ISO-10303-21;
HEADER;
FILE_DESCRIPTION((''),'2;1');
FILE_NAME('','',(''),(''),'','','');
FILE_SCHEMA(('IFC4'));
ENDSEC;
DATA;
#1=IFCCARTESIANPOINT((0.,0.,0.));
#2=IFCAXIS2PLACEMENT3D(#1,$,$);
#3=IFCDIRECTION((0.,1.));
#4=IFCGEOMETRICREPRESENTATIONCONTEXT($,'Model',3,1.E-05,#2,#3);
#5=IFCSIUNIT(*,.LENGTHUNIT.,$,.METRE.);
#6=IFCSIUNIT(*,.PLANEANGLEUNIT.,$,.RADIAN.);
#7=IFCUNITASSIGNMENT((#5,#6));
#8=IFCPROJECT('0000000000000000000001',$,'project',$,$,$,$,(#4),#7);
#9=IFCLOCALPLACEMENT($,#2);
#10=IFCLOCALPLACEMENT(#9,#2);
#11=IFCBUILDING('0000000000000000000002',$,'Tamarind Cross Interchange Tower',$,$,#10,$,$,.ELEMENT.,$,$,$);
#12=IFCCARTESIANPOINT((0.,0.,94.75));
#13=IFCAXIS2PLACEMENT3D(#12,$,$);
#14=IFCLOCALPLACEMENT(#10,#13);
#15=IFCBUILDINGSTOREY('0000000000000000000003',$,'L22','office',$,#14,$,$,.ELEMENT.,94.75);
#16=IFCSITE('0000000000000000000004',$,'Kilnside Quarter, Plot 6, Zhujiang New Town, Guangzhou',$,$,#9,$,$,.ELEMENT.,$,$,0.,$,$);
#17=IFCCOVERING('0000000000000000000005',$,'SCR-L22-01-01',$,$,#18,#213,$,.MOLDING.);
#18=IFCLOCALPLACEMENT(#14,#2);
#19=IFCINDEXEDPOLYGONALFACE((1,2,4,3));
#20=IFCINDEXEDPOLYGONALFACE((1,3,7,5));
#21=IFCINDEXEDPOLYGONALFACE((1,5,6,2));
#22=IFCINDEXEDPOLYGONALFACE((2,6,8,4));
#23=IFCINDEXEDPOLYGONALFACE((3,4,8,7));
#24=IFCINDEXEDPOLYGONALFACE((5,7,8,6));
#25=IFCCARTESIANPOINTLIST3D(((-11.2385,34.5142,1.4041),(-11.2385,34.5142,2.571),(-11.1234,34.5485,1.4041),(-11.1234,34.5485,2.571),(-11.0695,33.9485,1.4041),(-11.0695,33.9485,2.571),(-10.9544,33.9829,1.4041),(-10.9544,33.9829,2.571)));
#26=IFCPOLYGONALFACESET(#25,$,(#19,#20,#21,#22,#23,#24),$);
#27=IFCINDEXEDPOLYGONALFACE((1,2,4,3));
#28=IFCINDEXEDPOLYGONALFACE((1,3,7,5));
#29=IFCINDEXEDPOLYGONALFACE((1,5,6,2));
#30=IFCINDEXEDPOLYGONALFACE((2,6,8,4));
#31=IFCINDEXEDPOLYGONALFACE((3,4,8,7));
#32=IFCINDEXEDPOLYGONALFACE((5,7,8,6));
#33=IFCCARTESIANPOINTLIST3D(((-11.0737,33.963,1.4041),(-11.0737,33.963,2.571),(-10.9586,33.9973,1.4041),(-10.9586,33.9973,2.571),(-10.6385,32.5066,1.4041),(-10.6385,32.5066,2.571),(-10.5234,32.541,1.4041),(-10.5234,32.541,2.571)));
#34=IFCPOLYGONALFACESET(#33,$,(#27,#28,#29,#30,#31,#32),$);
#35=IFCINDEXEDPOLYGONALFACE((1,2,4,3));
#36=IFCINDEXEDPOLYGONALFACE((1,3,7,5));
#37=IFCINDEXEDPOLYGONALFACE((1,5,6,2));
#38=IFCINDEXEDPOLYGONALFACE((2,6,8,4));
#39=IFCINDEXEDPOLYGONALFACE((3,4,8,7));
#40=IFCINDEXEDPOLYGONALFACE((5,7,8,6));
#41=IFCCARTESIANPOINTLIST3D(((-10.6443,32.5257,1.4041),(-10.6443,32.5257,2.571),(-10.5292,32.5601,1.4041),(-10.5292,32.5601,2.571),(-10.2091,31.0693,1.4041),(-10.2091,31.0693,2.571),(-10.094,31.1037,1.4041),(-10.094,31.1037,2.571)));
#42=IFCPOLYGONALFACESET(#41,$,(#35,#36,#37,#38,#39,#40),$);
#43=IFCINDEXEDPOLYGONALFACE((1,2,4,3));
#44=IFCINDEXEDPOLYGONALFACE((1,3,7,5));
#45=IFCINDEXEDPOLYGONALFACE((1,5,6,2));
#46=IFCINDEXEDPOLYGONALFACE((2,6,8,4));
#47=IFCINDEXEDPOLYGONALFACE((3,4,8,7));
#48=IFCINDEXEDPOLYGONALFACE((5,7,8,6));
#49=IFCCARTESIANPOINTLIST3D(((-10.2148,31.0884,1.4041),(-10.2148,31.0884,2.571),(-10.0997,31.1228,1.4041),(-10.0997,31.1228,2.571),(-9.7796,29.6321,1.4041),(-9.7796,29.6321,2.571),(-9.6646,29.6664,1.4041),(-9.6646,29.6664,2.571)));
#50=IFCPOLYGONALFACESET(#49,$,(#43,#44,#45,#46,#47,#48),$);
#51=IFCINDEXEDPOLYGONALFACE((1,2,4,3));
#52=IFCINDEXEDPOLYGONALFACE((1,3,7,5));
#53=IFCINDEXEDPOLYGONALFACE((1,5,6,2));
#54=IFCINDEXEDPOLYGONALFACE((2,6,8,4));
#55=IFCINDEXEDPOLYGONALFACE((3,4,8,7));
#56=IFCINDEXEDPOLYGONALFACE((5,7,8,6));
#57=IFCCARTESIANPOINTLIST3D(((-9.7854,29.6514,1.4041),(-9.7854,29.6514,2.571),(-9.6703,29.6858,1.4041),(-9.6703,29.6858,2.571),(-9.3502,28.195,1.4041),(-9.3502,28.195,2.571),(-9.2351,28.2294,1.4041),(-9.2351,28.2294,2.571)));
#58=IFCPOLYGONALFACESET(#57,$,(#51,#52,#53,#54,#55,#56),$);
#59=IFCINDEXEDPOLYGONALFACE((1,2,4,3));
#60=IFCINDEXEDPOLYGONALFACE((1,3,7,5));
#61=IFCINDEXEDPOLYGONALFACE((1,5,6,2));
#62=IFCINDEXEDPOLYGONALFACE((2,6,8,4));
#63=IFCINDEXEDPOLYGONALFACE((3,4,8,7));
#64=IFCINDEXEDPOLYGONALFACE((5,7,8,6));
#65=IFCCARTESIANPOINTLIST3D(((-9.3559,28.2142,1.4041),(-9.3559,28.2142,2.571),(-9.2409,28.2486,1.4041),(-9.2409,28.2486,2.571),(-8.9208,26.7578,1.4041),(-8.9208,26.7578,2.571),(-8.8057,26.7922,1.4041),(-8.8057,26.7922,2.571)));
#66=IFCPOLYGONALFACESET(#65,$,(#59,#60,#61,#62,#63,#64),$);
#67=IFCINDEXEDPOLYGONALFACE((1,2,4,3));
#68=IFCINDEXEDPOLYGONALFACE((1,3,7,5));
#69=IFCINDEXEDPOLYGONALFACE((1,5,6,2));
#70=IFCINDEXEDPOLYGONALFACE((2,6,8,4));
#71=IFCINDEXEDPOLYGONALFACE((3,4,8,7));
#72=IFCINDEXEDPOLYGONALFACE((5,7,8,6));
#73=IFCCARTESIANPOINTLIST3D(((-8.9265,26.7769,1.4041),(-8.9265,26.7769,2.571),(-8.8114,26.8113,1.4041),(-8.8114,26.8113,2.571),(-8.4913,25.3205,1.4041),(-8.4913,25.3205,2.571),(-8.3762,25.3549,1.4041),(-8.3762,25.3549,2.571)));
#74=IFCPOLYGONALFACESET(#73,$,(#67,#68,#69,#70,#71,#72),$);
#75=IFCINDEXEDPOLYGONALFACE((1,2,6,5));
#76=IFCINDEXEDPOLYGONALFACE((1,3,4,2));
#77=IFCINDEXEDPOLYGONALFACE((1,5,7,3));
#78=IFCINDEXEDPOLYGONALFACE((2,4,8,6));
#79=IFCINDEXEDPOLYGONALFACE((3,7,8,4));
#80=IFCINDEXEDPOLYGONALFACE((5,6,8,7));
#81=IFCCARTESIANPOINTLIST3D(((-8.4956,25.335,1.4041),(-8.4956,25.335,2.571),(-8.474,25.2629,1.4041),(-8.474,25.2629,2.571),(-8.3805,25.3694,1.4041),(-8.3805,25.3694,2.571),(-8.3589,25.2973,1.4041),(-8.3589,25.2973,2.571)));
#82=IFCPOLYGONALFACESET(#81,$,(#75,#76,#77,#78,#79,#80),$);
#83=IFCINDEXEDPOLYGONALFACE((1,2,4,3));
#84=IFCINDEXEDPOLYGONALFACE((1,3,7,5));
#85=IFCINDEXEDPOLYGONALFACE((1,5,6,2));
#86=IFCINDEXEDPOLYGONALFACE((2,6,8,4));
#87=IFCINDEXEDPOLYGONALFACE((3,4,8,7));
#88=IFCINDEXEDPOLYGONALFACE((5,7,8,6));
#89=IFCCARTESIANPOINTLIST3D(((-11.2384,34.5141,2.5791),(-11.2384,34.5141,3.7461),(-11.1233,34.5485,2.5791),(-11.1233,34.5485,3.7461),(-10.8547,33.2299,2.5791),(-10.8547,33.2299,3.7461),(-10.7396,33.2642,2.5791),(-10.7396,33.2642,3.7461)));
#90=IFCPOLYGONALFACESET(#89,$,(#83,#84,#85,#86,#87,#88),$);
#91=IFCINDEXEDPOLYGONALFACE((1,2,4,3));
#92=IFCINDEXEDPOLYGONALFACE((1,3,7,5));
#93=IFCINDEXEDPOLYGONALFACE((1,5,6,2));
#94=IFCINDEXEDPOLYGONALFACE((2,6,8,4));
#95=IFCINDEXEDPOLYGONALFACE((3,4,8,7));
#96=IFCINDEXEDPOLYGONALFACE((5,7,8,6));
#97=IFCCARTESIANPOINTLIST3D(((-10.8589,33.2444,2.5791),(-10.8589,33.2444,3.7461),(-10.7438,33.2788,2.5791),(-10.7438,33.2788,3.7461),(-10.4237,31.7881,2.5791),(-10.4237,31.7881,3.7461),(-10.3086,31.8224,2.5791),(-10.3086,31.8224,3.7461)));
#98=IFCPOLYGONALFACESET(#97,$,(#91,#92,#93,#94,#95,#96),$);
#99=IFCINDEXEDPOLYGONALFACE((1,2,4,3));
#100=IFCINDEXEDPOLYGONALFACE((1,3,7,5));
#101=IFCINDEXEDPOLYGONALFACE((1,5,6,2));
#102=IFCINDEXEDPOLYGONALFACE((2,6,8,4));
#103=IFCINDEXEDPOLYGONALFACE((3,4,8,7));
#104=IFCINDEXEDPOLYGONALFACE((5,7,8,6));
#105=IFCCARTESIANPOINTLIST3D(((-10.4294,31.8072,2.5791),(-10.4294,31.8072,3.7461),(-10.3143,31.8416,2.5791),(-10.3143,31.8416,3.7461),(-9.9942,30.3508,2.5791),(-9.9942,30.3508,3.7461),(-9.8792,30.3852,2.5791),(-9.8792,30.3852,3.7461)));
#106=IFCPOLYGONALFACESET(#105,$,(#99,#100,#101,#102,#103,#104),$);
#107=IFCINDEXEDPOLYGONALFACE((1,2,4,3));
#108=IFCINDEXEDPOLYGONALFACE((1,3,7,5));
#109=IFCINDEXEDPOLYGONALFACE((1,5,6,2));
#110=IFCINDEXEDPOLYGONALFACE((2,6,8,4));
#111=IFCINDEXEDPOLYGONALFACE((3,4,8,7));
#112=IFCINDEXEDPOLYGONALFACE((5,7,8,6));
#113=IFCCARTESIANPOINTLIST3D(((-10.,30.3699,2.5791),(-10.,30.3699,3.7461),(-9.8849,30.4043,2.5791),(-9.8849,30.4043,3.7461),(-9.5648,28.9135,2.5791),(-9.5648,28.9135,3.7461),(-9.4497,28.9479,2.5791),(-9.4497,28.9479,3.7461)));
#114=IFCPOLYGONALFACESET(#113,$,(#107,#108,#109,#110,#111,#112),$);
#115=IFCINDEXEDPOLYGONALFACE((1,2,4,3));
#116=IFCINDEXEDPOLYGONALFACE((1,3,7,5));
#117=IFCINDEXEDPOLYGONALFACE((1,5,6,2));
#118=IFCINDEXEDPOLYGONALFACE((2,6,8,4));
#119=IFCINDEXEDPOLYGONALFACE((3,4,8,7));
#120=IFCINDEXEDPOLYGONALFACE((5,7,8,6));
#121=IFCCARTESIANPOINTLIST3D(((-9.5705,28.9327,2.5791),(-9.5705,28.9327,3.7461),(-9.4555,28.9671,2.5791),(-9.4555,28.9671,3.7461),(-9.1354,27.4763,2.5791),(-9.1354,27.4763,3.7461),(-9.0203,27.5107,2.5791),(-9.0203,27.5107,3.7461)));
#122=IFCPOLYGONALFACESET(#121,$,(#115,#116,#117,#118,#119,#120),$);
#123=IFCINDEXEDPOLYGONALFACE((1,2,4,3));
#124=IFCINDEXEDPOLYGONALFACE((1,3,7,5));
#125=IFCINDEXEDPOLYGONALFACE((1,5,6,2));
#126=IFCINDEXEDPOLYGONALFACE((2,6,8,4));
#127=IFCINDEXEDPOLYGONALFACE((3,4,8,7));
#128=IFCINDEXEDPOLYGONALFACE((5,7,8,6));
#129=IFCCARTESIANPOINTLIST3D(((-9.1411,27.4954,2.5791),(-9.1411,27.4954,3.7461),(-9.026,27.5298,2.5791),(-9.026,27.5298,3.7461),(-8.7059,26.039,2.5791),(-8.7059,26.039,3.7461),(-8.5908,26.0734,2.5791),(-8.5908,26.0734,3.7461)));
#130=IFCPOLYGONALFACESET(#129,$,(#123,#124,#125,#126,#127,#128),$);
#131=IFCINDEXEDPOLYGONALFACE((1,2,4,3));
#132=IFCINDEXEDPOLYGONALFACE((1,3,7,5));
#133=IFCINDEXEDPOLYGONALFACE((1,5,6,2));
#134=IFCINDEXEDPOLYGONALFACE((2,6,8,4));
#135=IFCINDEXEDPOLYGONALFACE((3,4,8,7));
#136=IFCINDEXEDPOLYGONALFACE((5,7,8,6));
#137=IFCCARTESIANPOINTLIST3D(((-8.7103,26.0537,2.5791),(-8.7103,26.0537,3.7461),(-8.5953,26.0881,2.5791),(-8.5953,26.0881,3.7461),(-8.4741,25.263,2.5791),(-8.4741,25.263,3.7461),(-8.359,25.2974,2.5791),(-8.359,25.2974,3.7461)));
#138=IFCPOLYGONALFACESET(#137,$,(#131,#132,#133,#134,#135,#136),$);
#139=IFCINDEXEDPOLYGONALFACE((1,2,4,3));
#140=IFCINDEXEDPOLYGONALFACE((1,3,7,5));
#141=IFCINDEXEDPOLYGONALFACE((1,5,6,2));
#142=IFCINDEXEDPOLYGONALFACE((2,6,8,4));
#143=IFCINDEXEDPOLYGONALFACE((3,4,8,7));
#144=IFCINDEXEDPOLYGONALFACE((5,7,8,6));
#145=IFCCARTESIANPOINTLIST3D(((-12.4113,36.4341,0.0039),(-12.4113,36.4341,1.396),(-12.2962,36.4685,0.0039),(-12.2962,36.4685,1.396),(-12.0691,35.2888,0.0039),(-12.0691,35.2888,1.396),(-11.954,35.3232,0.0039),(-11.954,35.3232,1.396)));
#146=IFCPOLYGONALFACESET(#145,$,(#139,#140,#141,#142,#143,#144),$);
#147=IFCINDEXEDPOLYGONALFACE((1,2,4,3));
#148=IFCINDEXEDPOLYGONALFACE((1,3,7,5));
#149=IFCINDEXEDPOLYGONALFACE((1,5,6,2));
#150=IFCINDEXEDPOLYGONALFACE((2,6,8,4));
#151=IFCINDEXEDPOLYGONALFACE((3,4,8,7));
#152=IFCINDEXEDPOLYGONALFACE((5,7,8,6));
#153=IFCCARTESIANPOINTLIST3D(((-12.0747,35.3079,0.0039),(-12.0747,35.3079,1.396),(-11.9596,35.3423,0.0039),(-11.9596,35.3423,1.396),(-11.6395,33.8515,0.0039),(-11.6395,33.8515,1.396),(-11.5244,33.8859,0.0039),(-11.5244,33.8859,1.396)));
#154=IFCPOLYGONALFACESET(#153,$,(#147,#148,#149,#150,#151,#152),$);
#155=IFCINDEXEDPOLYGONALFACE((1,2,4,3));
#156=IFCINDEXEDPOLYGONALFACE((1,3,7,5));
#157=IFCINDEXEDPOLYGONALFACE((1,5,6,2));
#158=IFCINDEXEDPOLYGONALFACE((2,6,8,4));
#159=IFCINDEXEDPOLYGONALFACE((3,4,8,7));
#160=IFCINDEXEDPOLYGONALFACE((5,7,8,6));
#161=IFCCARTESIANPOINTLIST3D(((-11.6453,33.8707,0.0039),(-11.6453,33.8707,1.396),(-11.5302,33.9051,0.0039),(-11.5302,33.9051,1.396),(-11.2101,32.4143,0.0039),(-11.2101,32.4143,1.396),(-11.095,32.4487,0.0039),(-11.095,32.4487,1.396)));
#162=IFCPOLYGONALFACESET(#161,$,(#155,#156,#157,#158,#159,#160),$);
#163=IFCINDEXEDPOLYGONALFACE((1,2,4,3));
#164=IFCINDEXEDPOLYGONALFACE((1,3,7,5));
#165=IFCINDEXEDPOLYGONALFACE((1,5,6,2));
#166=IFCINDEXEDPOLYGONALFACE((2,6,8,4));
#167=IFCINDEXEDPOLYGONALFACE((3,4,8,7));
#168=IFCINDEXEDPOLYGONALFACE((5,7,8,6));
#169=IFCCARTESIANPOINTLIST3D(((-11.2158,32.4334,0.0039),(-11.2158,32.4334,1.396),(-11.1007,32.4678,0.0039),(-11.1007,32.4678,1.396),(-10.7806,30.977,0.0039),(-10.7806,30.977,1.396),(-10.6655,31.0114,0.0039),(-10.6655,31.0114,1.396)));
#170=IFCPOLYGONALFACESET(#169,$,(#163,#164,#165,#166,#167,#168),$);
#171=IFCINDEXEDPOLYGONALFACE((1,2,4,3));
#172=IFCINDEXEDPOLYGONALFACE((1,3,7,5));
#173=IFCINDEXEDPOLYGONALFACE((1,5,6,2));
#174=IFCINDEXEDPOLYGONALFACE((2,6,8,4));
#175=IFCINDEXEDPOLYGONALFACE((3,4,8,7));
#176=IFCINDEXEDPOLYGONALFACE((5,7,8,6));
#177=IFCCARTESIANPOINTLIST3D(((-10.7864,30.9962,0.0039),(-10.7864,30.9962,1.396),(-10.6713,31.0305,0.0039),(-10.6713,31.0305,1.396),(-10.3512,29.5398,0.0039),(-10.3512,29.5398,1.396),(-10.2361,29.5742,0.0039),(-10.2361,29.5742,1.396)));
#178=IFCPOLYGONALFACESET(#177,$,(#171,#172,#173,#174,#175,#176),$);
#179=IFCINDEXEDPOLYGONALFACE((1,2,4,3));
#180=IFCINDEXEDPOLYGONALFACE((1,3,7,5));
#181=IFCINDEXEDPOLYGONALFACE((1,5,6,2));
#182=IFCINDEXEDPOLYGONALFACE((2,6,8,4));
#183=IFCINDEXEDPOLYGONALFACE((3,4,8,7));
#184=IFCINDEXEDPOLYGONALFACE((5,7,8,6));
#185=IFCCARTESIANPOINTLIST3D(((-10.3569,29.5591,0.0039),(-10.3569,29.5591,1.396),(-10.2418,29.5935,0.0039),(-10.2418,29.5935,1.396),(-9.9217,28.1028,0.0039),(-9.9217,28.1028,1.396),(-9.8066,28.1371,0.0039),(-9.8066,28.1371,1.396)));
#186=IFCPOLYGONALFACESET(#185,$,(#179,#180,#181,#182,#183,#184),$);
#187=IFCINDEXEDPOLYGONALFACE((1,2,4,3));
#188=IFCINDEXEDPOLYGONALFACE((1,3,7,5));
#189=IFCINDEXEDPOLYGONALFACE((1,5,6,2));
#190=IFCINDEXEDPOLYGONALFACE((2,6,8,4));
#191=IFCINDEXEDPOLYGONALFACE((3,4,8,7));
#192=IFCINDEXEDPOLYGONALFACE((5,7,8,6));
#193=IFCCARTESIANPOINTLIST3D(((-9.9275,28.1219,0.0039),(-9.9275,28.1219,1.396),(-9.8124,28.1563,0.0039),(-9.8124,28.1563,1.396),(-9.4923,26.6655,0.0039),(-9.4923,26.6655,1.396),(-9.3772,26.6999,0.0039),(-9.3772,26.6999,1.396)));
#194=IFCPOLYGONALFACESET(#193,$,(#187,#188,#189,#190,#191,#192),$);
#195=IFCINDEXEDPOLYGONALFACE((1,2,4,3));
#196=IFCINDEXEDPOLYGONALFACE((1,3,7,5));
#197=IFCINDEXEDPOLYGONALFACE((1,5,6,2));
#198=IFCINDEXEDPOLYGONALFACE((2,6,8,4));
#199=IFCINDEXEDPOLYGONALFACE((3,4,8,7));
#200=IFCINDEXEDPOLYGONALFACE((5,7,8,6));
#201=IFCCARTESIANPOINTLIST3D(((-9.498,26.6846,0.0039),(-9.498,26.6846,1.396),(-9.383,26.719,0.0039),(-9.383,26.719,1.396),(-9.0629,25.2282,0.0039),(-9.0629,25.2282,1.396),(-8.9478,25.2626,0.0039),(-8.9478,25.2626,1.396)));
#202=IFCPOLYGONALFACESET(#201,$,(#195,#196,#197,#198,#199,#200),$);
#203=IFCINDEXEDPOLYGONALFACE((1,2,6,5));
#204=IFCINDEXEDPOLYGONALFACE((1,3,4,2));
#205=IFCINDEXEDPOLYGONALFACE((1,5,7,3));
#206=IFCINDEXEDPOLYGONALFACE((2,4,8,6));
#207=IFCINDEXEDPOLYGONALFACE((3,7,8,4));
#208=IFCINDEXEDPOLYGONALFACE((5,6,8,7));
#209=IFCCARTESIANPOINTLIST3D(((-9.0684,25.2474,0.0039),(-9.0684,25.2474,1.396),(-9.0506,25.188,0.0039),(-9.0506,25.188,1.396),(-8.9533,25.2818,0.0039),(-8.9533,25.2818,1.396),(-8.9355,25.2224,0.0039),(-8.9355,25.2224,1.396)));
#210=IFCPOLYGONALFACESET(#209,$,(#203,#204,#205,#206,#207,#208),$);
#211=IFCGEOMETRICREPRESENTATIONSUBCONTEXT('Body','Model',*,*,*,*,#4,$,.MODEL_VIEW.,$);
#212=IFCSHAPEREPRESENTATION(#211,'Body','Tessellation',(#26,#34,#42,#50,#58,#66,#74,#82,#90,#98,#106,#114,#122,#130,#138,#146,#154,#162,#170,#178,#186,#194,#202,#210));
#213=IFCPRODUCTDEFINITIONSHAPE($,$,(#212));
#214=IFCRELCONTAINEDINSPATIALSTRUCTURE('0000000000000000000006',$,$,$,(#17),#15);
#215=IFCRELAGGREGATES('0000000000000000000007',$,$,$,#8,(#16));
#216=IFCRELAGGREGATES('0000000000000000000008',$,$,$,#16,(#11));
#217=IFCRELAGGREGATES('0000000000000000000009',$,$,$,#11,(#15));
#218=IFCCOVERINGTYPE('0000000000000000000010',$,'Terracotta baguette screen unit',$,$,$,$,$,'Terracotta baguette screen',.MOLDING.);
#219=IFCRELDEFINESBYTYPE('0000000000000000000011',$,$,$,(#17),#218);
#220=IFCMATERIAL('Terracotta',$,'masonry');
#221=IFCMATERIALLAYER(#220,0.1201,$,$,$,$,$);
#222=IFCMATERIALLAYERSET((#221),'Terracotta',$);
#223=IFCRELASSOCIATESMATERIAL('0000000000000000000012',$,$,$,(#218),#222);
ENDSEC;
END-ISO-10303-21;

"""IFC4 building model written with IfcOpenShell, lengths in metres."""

from ifc_helpers import new_model, si_unit, direction, frame, origin, origin_2d, place, context, subcontext, project, spatial, rectangle, extrude, material, layer, layer_set, type_object, element, save


model = new_model("IFC4")

# Units and contexts
model_context = context("Model", 3, precision=1e-05, world=origin(), true_north=direction((0.0, 1.0)))
body_context = subcontext(model_context, "Body", "Model", "MODEL_VIEW")
ifc_project = project(units=[si_unit("LENGTHUNIT", "METRE"), si_unit("PLANEANGLEUNIT", "RADIAN")], contexts=[model_context])

# Site, building, storey
site_placement = place(None, origin())
site = spatial("IfcSite", under=ifc_project, at=site_placement, Name="Kilnside Quarter, Plot 6, Zhujiang New Town, Guangzhou", CompositionType="ELEMENT", RefElevation=0.0)
building_placement = place(site_placement, origin())
building = spatial("IfcBuilding", under=site, at=building_placement, Name="Tamarind Cross Interchange Tower", CompositionType="ELEMENT")
storey_placement = place(building_placement, frame((0.0, 0.0, 94.75)))
storey = spatial("IfcBuildingStorey", under=building, at=storey_placement, Name="L22", Description="office", CompositionType="ELEMENT", Elevation=94.75)

# Covering
ifc_material_1 = material(Name="Terracotta", Category="masonry")
ifc_layer_1 = layer(ifc_material_1, 0.1201)
ifc_layer_set_1 = layer_set([ifc_layer_1], Name="Terracotta")
covering_type = type_object("IfcCoveringType", Name="Terracotta baguette screen unit", ElementType="Terracotta baguette screen", PredefinedType="MOLDING", material=ifc_layer_set_1)
covering_1_placement = place(storey_placement, origin())
element("IfcCovering", 1, at=covering_1_placement, inside=storey, type_object=covering_type, Name="SCR-L22-01-01", PredefinedType="MOLDING", context=body_context, shape_type="SweptSolid", body=[
    extrude(rectangle(XDim=0.5903, YDim=0.1201, at=origin_2d()), frame((-11.0964, 34.2485, 1.4041), z_axis=(0.0, 0.0, 1.0), x_axis=(0.286304, -0.958139, 0.0)), (0.0, 0.0, 1.0), 1.167),
    extrude(rectangle(XDim=1.52, YDim=0.1201, at=origin_2d()), frame((-10.7986, 33.252, 1.4041), z_axis=(0.0, 0.0, 1.0), x_axis=(0.286304, -0.958139, 0.0)), (0.0, 0.0, 1.0), 1.167),
    extrude(rectangle(XDim=1.52, YDim=0.1201, at=origin_2d()), frame((-10.3691, 31.8147, 1.4041), z_axis=(0.0, 0.0, 1.0), x_axis=(0.286304, -0.958139, 0.0)), (0.0, 0.0, 1.0), 1.167),
    extrude(rectangle(XDim=1.52, YDim=0.1201, at=origin_2d()), frame((-9.9397, 30.3774, 1.4041), z_axis=(0.0, 0.0, 1.0), x_axis=(0.286304, -0.958139, 0.0)), (0.0, 0.0, 1.0), 1.167),
    extrude(rectangle(XDim=1.52, YDim=0.1201, at=origin_2d()), frame((-9.5103, 28.9404, 1.4041), z_axis=(0.0, 0.0, 1.0), x_axis=(0.286304, -0.958139, 0.0)), (0.0, 0.0, 1.0), 1.167),
    extrude(rectangle(XDim=1.52, YDim=0.1201, at=origin_2d()), frame((-9.0808, 27.5032, 1.4041), z_axis=(0.0, 0.0, 1.0), x_axis=(0.286304, -0.958139, 0.0)), (0.0, 0.0, 1.0), 1.167),
    extrude(rectangle(XDim=1.52, YDim=0.1201, at=origin_2d()), frame((-8.6514, 26.0659, 1.4041), z_axis=(0.0, 0.0, 1.0), x_axis=(0.286304, -0.958139, 0.0)), (0.0, 0.0, 1.0), 1.167),
    extrude(rectangle(XDim=0.0752, YDim=0.1201, at=origin_2d()), frame((-8.4272, 25.3162, 1.4041), z_axis=(0.0, 0.0, 1.0), x_axis=(0.286304, -0.958139, 0.0)), (0.0, 0.0, 1.0), 1.167),
    extrude(rectangle(XDim=1.3403, YDim=0.1201, at=origin_2d()), frame((-10.989, 33.8892, 2.5791), z_axis=(0.0, 0.0, 1.0), x_axis=(0.286304, -0.958139, 0.0)), (0.0, 0.0, 1.0), 1.167),
    extrude(rectangle(XDim=1.52, YDim=0.1201, at=origin_2d()), frame((-10.5837, 32.5334, 2.5791), z_axis=(0.0, 0.0, 1.0), x_axis=(0.286304, -0.958139, 0.0)), (0.0, 0.0, 1.0), 1.167),
    extrude(rectangle(XDim=1.52, YDim=0.1201, at=origin_2d()), frame((-10.1543, 31.0962, 2.5791), z_axis=(0.0, 0.0, 1.0), x_axis=(0.286304, -0.958139, 0.0)), (0.0, 0.0, 1.0), 1.167),
    extrude(rectangle(XDim=1.52, YDim=0.1201, at=origin_2d()), frame((-9.7249, 29.6589, 2.5791), z_axis=(0.0, 0.0, 1.0), x_axis=(0.286304, -0.958139, 0.0)), (0.0, 0.0, 1.0), 1.167),
    extrude(rectangle(XDim=1.52, YDim=0.1201, at=origin_2d()), frame((-9.2954, 28.2217, 2.5791), z_axis=(0.0, 0.0, 1.0), x_axis=(0.286304, -0.958139, 0.0)), (0.0, 0.0, 1.0), 1.167),
    extrude(rectangle(XDim=1.52, YDim=0.1201, at=origin_2d()), frame((-8.866, 26.7844, 2.5791), z_axis=(0.0, 0.0, 1.0), x_axis=(0.286304, -0.958139, 0.0)), (0.0, 0.0, 1.0), 1.167),
    extrude(rectangle(XDim=0.8252, YDim=0.1201, at=origin_2d()), frame((-8.5347, 25.6755, 2.5791), z_axis=(0.0, 0.0, 1.0), x_axis=(0.286304, -0.958139, 0.0)), (0.0, 0.0, 1.0), 1.167),
    extrude(rectangle(XDim=1.1953, YDim=0.1201, at=origin_2d()), frame((-12.1826, 35.8787, 0.0039), z_axis=(0.0, 0.0, 1.0), x_axis=(0.286304, -0.958139, 0.0)), (0.0, 0.0, 1.0), 1.3921),
    extrude(rectangle(XDim=1.52, YDim=0.1201, at=origin_2d()), frame((-11.7996, 34.5969, 0.0039), z_axis=(0.0, 0.0, 1.0), x_axis=(0.286304, -0.958139, 0.0)), (0.0, 0.0, 1.0), 1.3921),
    extrude(rectangle(XDim=1.52, YDim=0.1201, at=origin_2d()), frame((-11.3701, 33.1597, 0.0039), z_axis=(0.0, 0.0, 1.0), x_axis=(0.286304, -0.958139, 0.0)), (0.0, 0.0, 1.0), 1.3921),
    extrude(rectangle(XDim=1.52, YDim=0.1201, at=origin_2d()), frame((-10.9407, 31.7224, 0.0039), z_axis=(0.0, 0.0, 1.0), x_axis=(0.286304, -0.958139, 0.0)), (0.0, 0.0, 1.0), 1.3921),
    extrude(rectangle(XDim=1.52, YDim=0.1201, at=origin_2d()), frame((-10.5112, 30.2852, 0.0039), z_axis=(0.0, 0.0, 1.0), x_axis=(0.286304, -0.958139, 0.0)), (0.0, 0.0, 1.0), 1.3921),
    extrude(rectangle(XDim=1.52, YDim=0.1201, at=origin_2d()), frame((-10.0818, 28.8481, 0.0039), z_axis=(0.0, 0.0, 1.0), x_axis=(0.286304, -0.958139, 0.0)), (0.0, 0.0, 1.0), 1.3921),
    extrude(rectangle(XDim=1.52, YDim=0.1201, at=origin_2d()), frame((-9.6523, 27.4109, 0.0039), z_axis=(0.0, 0.0, 1.0), x_axis=(0.286304, -0.958139, 0.0)), (0.0, 0.0, 1.0), 1.3921),
    extrude(rectangle(XDim=1.52, YDim=0.1201, at=origin_2d()), frame((-9.2229, 25.9736, 0.0039), z_axis=(0.0, 0.0, 1.0), x_axis=(0.286304, -0.958139, 0.0)), (0.0, 0.0, 1.0), 1.3921),
    extrude(rectangle(XDim=0.062, YDim=0.1201, at=origin_2d()), frame((-9.002, 25.2349, 0.0039), z_axis=(0.0, 0.0, 1.0), x_axis=(0.286304, -0.958139, 0.0)), (0.0, 0.0, 1.0), 1.3921),
])

save(model, "model.ifc")
